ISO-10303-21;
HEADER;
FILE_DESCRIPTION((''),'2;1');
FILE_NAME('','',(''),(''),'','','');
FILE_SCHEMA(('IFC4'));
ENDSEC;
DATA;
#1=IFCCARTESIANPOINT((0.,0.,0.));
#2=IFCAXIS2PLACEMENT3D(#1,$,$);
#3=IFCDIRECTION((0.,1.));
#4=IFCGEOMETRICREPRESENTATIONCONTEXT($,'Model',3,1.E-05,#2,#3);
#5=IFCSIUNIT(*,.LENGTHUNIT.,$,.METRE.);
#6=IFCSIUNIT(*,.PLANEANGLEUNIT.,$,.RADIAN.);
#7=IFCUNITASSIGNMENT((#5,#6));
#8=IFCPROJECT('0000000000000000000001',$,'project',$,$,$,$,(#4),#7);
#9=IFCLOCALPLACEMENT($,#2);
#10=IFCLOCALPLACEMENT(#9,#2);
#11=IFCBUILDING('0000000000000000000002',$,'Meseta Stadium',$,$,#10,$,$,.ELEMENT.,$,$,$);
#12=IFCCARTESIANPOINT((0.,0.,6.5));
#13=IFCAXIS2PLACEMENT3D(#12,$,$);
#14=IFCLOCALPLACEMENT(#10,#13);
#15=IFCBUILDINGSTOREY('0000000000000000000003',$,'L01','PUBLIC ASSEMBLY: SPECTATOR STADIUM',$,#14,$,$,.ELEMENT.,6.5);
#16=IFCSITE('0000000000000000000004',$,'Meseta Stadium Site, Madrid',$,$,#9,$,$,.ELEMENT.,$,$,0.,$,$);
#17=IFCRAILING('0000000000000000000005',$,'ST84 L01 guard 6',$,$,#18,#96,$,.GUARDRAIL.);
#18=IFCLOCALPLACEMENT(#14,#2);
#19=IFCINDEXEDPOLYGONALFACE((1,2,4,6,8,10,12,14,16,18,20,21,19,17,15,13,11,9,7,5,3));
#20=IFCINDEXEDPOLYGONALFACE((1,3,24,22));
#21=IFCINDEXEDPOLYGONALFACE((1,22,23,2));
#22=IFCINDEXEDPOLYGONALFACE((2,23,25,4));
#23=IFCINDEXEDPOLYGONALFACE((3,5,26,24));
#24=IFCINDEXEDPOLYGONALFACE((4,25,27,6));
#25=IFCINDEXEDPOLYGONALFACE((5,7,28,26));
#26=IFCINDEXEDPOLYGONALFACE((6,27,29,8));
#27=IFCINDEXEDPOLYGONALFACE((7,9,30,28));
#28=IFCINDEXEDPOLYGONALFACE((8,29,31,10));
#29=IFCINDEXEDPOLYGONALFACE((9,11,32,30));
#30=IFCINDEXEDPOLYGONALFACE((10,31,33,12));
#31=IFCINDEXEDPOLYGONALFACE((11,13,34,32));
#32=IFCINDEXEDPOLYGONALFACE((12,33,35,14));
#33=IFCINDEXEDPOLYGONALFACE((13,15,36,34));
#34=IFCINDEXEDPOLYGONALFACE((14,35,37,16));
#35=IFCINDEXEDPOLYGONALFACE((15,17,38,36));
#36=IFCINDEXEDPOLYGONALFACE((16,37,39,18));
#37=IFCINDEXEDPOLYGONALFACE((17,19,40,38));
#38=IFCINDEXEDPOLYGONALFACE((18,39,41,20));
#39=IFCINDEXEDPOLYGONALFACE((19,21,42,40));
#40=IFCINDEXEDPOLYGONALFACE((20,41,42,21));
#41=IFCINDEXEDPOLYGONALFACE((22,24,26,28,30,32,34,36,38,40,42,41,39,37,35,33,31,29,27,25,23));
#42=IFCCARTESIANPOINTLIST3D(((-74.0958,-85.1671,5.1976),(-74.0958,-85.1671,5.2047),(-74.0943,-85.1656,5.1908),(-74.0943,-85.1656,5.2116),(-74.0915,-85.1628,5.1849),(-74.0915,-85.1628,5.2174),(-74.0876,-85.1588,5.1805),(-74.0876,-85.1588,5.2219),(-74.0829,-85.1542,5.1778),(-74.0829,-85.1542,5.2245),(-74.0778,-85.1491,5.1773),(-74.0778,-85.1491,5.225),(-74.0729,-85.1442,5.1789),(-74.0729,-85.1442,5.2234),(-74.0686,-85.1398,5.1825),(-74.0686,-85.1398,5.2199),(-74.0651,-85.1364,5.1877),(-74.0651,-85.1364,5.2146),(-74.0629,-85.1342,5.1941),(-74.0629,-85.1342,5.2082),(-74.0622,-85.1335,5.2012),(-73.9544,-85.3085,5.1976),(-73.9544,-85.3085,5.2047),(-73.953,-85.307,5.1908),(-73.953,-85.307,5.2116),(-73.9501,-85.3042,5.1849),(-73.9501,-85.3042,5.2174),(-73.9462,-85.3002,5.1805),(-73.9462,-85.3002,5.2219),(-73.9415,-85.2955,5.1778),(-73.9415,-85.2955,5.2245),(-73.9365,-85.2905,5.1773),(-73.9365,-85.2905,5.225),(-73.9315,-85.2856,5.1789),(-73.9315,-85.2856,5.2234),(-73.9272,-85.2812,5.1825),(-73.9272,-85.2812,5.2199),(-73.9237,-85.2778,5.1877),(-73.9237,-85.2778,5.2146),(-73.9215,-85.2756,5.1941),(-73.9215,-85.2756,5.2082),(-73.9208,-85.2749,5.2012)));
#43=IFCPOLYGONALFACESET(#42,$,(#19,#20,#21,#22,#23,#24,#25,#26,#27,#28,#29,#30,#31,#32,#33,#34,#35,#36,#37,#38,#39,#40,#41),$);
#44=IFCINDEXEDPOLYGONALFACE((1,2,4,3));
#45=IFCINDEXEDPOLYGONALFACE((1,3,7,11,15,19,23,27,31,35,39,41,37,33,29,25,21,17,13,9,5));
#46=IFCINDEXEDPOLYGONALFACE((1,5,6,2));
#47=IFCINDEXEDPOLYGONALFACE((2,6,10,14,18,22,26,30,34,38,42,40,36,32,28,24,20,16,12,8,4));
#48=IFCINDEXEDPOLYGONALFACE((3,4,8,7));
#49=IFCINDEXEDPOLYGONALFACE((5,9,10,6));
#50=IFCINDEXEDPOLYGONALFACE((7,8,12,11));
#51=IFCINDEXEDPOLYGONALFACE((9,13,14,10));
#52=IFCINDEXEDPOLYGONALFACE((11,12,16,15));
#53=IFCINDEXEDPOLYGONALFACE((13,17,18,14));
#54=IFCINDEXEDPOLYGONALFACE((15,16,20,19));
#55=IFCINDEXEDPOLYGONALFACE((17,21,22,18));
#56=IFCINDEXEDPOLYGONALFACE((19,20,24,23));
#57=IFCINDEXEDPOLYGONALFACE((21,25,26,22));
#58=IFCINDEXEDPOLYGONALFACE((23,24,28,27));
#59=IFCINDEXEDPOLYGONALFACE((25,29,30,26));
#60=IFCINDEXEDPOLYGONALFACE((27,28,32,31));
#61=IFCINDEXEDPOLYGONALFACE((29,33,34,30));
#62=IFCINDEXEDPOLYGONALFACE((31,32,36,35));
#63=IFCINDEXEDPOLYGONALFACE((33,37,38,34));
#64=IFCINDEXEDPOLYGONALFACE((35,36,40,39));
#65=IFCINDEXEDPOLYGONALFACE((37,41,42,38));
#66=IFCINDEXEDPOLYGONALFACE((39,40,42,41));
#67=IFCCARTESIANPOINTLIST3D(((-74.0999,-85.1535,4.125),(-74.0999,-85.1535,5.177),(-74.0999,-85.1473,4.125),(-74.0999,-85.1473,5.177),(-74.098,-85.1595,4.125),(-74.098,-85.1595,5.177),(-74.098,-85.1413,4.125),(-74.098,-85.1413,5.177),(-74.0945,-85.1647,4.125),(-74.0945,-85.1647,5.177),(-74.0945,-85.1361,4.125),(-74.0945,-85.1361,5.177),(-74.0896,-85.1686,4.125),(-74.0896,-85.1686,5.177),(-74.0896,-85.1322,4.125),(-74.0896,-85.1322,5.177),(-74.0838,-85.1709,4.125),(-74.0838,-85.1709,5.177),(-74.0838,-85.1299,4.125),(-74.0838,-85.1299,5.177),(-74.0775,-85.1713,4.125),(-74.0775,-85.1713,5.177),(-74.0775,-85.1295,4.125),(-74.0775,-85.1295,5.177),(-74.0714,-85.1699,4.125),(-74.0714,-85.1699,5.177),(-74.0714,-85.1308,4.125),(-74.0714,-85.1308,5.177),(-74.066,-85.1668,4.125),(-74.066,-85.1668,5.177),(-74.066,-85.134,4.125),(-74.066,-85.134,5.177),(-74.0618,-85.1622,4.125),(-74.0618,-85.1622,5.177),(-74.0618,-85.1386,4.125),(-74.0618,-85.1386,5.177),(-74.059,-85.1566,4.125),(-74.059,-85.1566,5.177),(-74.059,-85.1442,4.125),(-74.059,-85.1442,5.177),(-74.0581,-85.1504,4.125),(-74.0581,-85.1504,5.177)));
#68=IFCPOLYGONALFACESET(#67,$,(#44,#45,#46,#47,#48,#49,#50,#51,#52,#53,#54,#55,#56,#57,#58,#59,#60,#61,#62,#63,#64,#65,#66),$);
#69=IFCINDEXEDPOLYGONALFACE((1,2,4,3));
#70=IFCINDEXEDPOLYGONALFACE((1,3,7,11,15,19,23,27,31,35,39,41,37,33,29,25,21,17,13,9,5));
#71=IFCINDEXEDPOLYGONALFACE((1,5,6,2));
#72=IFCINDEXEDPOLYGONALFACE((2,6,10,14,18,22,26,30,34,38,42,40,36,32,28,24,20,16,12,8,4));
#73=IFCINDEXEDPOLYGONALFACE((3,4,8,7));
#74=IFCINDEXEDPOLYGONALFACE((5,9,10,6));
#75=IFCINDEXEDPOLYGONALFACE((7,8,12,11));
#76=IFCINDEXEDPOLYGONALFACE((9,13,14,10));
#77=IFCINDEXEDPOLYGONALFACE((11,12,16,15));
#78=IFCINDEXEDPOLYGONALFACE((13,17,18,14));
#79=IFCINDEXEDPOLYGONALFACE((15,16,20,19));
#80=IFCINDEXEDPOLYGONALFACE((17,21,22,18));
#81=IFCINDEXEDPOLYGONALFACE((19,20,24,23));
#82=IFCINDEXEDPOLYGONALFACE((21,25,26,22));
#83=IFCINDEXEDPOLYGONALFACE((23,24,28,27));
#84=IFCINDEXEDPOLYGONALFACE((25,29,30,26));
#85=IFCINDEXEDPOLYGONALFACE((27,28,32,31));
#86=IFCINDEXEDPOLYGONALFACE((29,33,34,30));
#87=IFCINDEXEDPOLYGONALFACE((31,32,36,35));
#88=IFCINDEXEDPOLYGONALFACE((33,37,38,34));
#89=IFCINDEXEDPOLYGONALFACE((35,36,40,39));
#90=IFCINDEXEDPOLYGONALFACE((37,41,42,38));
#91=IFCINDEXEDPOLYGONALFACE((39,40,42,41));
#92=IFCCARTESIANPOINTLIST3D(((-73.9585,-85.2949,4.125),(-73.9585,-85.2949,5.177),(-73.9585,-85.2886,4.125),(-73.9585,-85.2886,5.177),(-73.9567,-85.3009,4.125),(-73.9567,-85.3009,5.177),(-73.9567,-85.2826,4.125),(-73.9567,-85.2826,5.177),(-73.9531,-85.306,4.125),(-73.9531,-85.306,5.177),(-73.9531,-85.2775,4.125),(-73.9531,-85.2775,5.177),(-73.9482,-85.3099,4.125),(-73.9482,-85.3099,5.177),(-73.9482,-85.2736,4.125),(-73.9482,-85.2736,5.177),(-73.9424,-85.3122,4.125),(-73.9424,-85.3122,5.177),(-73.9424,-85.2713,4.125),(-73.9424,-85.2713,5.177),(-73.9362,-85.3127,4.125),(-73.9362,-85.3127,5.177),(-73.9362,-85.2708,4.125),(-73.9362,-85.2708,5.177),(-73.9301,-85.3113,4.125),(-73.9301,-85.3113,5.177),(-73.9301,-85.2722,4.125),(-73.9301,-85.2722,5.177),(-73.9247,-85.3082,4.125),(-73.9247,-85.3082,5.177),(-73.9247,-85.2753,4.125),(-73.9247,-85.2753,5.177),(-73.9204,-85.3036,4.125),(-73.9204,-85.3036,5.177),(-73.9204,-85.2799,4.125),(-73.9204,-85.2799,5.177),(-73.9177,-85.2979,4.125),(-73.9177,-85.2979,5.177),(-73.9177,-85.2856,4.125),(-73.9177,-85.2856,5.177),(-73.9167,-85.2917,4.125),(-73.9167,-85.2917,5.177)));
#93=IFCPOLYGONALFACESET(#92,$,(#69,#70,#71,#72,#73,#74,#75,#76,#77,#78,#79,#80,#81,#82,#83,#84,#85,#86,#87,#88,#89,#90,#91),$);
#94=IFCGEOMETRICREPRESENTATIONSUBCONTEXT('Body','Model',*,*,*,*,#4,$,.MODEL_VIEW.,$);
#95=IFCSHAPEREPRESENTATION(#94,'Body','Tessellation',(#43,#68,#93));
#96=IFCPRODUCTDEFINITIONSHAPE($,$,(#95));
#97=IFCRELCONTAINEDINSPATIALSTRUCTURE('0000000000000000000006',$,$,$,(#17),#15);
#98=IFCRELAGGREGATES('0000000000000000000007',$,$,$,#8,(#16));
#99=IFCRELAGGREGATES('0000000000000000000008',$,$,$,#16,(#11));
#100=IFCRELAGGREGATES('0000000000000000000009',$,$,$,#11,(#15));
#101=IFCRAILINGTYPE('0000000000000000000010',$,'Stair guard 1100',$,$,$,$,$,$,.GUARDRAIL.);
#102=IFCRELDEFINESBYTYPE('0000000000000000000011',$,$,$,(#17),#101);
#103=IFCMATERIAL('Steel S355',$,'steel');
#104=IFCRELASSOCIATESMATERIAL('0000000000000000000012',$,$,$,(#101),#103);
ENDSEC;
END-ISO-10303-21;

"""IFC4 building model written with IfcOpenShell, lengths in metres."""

from ifc_helpers import new_model, si_unit, direction, frame, origin, origin_2d, place, context, subcontext, project, spatial, circle, extrude, material, type_object, element, save


model = new_model("IFC4")

# Units and contexts
model_context = context("Model", 3, precision=1e-05, world=origin(), true_north=direction((0.0, 1.0)))
body_context = subcontext(model_context, "Body", "Model", "MODEL_VIEW")
ifc_project = project(units=[si_unit("LENGTHUNIT", "METRE"), si_unit("PLANEANGLEUNIT", "RADIAN")], contexts=[model_context])

# Site, building, storey
site_placement = place(None, origin())
site = spatial("IfcSite", under=ifc_project, at=site_placement, Name="Meseta Stadium Site, Madrid", CompositionType="ELEMENT", RefElevation=0.0)
building_placement = place(site_placement, origin())
building = spatial("IfcBuilding", under=site, at=building_placement, Name="Meseta Stadium", CompositionType="ELEMENT")
storey_placement = place(building_placement, frame((0.0, 0.0, 6.5)))
storey = spatial("IfcBuildingStorey", under=building, at=storey_placement, Name="L01", Description="PUBLIC ASSEMBLY: SPECTATOR STADIUM", CompositionType="ELEMENT", Elevation=6.5)

# Railing
ifc_material_1 = material(Name="Steel S355", Category="steel")
railing_type_1 = type_object("IfcRailingType", Name="Stair guard 1100", PredefinedType="GUARDRAIL", material=ifc_material_1)
railing_1_placement = place(storey_placement, frame((-74.0791, -85.1504, 4.125)))
element("IfcRailing", 1, at=railing_1_placement, inside=storey, type_object=railing_type_1, Name="ST84 L01 guard 6", PredefinedType="GUARDRAIL", context=body_context, shape_type="SweptSolid", body=[
    extrude(circle(Radius=0.0239, at=origin_2d()), frame((0.0, 0.0, 1.0762), z_axis=(0.707107, -0.707107, 0.0), x_axis=(0.707107, 0.707107, 0.0)), (0.0, 0.0, 1.0), 0.2),
    extrude(circle(Radius=0.021, at=origin_2d()), origin(), (0.0, 0.0, 1.0), 1.052),
    extrude(circle(Radius=0.021, at=origin_2d()), frame((0.1414, -0.1414, 0.0)), (0.0, 0.0, 1.0), 1.052),
])

save(model, "model.ifc")
